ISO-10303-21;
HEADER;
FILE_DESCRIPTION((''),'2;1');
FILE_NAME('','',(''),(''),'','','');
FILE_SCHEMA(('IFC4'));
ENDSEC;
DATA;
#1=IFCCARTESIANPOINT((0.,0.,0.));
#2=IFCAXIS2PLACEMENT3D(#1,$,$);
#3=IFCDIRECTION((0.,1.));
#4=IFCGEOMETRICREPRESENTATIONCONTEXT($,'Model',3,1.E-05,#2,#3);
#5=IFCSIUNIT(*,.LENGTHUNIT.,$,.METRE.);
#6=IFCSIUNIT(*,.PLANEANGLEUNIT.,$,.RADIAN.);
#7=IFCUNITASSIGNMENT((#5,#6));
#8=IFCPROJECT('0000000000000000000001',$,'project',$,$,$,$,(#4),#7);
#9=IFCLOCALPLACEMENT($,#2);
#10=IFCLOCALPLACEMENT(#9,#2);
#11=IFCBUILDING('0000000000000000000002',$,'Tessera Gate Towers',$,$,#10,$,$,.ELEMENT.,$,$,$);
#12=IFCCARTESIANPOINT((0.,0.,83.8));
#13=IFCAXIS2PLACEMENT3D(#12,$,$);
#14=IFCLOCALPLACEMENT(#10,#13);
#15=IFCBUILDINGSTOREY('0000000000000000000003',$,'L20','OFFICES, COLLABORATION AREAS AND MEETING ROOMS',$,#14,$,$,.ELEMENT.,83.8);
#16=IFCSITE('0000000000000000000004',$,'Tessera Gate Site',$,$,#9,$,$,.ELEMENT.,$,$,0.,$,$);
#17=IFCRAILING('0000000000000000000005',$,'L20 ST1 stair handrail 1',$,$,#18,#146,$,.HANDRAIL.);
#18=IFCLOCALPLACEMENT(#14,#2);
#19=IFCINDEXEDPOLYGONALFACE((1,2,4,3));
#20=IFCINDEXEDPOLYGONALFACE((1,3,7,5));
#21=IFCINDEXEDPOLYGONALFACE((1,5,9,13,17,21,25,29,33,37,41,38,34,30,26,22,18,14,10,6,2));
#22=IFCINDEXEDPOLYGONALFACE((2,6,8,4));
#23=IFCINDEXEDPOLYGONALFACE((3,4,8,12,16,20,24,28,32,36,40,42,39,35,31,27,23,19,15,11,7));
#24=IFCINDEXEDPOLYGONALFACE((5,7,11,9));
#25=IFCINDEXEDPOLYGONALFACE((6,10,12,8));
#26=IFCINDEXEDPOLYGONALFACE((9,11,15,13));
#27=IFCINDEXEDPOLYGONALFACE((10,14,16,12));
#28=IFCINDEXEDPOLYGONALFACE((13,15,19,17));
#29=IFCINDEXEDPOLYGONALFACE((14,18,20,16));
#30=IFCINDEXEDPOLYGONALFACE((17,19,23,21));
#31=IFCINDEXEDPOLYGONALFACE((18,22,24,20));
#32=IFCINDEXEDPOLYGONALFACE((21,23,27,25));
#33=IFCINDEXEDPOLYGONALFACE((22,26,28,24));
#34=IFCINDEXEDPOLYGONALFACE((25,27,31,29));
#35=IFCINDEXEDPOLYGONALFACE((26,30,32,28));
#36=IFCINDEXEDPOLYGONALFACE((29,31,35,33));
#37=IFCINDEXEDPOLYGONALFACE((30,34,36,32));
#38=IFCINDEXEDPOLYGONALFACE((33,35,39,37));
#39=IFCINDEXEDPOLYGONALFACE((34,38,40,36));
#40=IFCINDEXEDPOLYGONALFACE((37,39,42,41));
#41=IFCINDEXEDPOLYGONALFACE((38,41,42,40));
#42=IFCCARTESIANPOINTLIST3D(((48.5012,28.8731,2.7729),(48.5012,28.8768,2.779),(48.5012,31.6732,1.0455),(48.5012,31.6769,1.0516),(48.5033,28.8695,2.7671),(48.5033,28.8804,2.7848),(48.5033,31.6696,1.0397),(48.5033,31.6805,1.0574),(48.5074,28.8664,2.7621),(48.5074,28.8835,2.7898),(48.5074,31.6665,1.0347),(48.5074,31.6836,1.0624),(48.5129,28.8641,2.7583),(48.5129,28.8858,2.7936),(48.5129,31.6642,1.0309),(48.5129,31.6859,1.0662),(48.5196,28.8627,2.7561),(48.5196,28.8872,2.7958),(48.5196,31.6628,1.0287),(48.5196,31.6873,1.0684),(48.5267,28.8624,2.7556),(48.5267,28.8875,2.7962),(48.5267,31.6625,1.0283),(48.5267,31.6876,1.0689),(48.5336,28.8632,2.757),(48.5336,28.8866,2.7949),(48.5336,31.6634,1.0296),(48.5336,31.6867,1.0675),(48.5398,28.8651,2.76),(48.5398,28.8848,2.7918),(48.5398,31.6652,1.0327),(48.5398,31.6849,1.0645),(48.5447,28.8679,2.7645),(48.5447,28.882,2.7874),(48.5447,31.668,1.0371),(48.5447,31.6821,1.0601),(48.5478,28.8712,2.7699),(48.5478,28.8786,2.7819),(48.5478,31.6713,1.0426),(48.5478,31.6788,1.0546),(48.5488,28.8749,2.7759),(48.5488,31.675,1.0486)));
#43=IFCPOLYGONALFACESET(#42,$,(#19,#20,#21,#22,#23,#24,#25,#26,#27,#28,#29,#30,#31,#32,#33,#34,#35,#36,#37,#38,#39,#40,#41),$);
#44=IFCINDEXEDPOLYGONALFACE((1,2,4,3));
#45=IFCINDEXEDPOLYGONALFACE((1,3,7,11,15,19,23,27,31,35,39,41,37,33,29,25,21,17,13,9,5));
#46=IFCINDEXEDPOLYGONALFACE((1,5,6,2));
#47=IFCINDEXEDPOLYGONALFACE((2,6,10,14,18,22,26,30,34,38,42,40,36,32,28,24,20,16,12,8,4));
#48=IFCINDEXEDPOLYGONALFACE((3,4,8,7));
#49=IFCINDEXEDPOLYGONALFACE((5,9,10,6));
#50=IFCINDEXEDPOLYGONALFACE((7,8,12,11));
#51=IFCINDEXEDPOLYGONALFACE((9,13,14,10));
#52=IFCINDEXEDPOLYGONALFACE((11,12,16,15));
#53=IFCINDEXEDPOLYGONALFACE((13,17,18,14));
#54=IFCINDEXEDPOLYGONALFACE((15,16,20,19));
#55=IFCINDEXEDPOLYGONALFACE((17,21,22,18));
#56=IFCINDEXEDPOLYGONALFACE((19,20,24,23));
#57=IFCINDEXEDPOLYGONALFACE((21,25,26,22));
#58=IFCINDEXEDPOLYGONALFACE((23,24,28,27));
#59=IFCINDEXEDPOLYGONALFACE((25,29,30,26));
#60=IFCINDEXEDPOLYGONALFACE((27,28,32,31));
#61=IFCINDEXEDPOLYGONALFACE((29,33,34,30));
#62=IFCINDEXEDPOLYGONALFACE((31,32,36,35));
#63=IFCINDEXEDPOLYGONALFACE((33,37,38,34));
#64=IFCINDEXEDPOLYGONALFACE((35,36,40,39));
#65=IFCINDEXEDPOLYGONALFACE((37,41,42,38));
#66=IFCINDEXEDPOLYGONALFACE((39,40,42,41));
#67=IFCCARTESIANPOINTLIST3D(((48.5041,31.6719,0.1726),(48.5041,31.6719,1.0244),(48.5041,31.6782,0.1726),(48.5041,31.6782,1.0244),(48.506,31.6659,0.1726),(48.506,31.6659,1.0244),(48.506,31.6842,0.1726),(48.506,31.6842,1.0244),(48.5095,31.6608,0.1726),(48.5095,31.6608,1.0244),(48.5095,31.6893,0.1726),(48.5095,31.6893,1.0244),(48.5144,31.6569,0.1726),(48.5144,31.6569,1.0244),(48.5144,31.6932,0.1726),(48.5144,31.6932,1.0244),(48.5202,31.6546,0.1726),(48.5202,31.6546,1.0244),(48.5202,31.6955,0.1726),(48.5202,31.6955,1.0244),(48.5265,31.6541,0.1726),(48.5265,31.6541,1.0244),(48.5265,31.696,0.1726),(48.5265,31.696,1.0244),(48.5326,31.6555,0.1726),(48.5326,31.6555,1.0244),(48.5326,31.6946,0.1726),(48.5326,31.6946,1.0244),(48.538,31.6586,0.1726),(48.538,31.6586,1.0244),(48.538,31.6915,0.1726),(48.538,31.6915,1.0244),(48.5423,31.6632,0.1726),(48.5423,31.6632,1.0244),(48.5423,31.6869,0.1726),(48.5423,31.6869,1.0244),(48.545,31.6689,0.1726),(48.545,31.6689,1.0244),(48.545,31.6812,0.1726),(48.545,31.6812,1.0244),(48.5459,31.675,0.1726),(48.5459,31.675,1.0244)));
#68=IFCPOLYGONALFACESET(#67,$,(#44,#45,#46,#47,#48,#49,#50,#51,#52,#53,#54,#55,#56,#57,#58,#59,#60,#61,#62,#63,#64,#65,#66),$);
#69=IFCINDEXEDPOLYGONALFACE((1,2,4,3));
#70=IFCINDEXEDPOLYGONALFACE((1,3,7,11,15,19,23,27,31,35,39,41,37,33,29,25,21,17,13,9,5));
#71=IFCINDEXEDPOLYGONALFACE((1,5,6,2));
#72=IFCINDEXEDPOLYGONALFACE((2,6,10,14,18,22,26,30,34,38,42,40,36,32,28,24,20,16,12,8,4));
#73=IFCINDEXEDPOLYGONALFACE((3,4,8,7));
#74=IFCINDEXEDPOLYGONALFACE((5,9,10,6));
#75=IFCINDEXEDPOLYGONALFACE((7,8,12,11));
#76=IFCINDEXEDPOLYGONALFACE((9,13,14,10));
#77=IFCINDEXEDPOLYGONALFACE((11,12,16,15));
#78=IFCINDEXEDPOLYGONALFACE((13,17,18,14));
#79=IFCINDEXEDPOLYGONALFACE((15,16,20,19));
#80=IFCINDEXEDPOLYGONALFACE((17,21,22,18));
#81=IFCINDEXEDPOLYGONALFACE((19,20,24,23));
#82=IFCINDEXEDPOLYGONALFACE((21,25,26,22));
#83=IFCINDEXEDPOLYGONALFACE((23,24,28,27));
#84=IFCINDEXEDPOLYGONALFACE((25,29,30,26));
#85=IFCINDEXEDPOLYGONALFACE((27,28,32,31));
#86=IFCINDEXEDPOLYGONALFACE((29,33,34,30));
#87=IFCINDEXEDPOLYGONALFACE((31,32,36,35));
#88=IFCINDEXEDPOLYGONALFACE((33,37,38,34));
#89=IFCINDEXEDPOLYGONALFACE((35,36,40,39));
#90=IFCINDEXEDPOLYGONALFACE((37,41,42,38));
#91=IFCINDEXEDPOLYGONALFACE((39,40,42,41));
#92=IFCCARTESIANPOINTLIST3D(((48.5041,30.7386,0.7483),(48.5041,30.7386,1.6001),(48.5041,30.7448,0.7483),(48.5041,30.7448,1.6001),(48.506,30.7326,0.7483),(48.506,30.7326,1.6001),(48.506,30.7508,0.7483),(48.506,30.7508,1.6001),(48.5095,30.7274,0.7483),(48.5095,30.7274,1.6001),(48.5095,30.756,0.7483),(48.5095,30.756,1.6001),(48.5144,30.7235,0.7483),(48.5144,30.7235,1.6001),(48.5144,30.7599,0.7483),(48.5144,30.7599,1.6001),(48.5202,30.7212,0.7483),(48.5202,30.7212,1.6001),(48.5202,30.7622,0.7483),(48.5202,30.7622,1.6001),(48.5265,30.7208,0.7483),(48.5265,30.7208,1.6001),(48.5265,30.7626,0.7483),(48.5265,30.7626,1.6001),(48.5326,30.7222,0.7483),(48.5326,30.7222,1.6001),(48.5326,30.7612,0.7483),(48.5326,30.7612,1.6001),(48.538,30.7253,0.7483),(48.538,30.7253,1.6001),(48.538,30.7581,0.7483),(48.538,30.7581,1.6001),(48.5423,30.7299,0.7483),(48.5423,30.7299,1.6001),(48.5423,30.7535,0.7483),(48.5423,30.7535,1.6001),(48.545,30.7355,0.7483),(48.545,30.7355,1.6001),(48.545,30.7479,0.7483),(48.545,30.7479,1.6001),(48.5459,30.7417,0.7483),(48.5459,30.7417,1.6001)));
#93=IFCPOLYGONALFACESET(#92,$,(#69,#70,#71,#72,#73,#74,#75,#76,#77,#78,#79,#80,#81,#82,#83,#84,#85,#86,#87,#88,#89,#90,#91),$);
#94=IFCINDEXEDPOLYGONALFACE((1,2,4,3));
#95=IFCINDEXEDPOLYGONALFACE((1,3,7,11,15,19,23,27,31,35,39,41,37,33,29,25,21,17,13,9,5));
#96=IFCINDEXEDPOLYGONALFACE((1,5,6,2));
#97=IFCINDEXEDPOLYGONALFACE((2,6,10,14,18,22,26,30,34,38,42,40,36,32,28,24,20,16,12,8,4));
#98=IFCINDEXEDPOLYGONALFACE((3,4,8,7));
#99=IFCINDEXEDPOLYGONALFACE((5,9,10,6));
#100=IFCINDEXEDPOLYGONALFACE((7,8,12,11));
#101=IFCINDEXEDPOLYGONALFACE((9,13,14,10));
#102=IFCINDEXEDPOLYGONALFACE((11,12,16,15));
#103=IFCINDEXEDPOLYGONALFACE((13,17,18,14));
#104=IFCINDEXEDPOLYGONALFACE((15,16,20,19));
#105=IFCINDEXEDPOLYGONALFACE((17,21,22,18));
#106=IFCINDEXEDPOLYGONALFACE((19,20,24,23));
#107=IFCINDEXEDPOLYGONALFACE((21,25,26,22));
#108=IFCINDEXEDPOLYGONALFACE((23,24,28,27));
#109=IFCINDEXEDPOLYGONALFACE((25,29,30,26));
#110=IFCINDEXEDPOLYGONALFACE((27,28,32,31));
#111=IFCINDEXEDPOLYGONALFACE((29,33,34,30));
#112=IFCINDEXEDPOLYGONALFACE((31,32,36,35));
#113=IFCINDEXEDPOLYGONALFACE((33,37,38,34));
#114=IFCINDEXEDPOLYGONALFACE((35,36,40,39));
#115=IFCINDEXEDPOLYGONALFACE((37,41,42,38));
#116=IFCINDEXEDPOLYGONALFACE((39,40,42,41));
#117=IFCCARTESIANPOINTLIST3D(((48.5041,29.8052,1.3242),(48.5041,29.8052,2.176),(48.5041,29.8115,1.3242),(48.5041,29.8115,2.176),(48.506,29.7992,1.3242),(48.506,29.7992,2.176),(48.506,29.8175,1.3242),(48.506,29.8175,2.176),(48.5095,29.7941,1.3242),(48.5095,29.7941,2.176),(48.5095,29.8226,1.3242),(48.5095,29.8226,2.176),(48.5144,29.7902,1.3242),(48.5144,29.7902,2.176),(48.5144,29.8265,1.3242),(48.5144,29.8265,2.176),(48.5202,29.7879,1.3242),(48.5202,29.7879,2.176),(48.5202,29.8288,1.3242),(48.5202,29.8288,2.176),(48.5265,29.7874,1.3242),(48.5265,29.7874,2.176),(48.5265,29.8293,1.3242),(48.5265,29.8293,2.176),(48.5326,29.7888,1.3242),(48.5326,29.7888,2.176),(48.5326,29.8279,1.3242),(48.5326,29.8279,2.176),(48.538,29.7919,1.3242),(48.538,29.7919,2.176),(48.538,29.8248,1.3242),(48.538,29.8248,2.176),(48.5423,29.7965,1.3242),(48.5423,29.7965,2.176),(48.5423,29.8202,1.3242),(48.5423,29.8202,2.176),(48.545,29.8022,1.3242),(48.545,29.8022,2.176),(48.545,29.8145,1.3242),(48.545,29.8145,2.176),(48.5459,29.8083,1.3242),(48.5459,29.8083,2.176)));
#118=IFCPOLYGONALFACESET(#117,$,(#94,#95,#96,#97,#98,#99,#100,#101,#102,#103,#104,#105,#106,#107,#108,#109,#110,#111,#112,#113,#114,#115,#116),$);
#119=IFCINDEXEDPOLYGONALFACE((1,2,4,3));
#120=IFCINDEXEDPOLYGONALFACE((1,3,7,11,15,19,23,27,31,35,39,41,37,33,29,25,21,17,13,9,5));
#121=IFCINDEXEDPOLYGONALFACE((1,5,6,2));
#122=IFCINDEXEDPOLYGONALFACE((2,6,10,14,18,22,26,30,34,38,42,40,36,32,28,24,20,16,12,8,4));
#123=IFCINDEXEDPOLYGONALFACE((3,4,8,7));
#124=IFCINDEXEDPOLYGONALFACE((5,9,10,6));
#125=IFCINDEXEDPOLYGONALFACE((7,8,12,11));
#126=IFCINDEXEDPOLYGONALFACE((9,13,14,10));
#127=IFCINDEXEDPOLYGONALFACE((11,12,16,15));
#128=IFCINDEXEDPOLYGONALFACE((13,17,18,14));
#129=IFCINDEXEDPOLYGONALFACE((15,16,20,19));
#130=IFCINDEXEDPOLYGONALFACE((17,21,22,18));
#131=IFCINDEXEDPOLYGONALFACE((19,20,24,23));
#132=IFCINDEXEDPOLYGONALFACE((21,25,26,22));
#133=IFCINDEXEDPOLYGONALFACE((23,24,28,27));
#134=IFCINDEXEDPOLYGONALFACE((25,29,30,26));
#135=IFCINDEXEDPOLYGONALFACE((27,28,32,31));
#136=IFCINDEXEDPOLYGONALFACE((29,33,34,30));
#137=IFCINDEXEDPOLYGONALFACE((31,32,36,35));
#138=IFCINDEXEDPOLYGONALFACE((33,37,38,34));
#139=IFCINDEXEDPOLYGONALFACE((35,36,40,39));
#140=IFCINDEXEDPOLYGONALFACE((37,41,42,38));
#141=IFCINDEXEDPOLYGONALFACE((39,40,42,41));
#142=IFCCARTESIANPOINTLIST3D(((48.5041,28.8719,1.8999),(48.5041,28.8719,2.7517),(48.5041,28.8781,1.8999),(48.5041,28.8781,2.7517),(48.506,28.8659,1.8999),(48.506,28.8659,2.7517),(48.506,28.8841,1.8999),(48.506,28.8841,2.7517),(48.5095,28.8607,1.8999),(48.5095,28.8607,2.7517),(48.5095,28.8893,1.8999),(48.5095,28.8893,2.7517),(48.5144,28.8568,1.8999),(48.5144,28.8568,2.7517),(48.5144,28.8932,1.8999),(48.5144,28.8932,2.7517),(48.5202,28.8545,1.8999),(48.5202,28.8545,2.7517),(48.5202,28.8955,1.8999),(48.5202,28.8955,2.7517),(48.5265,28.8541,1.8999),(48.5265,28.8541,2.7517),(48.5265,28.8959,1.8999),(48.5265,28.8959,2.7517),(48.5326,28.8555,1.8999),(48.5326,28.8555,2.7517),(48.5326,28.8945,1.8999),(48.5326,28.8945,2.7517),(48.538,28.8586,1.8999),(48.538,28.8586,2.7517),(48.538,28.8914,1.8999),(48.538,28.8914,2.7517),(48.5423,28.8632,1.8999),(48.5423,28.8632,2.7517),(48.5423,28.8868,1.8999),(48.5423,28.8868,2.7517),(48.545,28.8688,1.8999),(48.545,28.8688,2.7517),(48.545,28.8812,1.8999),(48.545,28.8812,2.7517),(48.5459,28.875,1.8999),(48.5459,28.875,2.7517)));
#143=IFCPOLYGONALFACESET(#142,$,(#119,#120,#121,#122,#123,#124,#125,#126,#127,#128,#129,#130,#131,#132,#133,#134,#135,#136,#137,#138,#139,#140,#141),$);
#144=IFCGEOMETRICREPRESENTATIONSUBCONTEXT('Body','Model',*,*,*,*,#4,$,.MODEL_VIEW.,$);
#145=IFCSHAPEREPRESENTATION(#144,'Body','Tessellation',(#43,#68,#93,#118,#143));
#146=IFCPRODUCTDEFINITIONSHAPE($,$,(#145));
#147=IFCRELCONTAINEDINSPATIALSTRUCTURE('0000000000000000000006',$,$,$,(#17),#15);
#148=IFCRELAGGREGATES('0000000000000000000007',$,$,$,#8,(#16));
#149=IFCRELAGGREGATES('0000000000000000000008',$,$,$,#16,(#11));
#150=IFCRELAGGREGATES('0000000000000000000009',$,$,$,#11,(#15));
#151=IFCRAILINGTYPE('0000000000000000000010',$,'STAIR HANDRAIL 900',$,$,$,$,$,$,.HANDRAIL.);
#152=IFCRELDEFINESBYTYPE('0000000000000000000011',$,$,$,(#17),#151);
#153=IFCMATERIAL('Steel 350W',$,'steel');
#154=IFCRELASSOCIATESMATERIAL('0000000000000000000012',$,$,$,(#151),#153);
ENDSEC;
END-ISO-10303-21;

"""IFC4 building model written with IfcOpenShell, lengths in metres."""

from ifc_helpers import new_model, si_unit, direction, frame, origin, origin_2d, place, context, subcontext, project, spatial, circle, extrude, material, type_object, element, save


model = new_model("IFC4")

# Units and contexts
model_context = context("Model", 3, precision=1e-05, world=origin(), true_north=direction((0.0, 1.0)))
body_context = subcontext(model_context, "Body", "Model", "MODEL_VIEW")
ifc_project = project(units=[si_unit("LENGTHUNIT", "METRE"), si_unit("PLANEANGLEUNIT", "RADIAN")], contexts=[model_context])

# Site, building, storey
site_placement = place(None, origin())
site = spatial("IfcSite", under=ifc_project, at=site_placement, Name="Tessera Gate Site", CompositionType="ELEMENT", RefElevation=0.0)
building_placement = place(site_placement, origin())
building = spatial("IfcBuilding", under=site, at=building_placement, Name="Tessera Gate Towers", CompositionType="ELEMENT")
storey_placement = place(building_placement, frame((0.0, 0.0, 83.8)))
storey = spatial("IfcBuildingStorey", under=building, at=storey_placement, Name="L20", Description="OFFICES, COLLABORATION AREAS AND MEETING ROOMS", CompositionType="ELEMENT", Elevation=83.8)

# Railing
ifc_material_1 = material(Name="Steel 350W", Category="steel")
railing_type = type_object("IfcRailingType", Name="STAIR HANDRAIL 900", PredefinedType="HANDRAIL", material=ifc_material_1)
railing_placement = place(storey_placement, frame((48.5249, 31.675, 0.1726)))
element("IfcRailing", 1, at=railing_placement, inside=storey, type_object=railing_type, Name="L20 ST1 stair handrail 1", PredefinedType="HANDRAIL", context=body_context, shape_type="SweptSolid", body=[
    extrude(circle(Radius=0.0239, at=origin_2d()), frame((0.0, 0.0, 0.876), z_axis=(0.0, -0.85109, 0.52502), x_axis=(1.0, 0.0, 0.0)), (0.0, 0.0, 1.0), 3.29),
    extrude(circle(Radius=0.021, at=origin_2d()), origin(), (0.0, 0.0, 1.0), 0.8518),
    extrude(circle(Radius=0.021, at=origin_2d()), frame((0.0, -0.9333, 0.5757)), (0.0, 0.0, 1.0), 0.8518),
    extrude(circle(Radius=0.021, at=origin_2d()), frame((0.0, -1.8667, 1.1516)), (0.0, 0.0, 1.0), 0.8518),
    extrude(circle(Radius=0.021, at=origin_2d()), frame((0.0, -2.8, 1.7273)), (0.0, 0.0, 1.0), 0.8518),
])

save(model, "model.ifc")
